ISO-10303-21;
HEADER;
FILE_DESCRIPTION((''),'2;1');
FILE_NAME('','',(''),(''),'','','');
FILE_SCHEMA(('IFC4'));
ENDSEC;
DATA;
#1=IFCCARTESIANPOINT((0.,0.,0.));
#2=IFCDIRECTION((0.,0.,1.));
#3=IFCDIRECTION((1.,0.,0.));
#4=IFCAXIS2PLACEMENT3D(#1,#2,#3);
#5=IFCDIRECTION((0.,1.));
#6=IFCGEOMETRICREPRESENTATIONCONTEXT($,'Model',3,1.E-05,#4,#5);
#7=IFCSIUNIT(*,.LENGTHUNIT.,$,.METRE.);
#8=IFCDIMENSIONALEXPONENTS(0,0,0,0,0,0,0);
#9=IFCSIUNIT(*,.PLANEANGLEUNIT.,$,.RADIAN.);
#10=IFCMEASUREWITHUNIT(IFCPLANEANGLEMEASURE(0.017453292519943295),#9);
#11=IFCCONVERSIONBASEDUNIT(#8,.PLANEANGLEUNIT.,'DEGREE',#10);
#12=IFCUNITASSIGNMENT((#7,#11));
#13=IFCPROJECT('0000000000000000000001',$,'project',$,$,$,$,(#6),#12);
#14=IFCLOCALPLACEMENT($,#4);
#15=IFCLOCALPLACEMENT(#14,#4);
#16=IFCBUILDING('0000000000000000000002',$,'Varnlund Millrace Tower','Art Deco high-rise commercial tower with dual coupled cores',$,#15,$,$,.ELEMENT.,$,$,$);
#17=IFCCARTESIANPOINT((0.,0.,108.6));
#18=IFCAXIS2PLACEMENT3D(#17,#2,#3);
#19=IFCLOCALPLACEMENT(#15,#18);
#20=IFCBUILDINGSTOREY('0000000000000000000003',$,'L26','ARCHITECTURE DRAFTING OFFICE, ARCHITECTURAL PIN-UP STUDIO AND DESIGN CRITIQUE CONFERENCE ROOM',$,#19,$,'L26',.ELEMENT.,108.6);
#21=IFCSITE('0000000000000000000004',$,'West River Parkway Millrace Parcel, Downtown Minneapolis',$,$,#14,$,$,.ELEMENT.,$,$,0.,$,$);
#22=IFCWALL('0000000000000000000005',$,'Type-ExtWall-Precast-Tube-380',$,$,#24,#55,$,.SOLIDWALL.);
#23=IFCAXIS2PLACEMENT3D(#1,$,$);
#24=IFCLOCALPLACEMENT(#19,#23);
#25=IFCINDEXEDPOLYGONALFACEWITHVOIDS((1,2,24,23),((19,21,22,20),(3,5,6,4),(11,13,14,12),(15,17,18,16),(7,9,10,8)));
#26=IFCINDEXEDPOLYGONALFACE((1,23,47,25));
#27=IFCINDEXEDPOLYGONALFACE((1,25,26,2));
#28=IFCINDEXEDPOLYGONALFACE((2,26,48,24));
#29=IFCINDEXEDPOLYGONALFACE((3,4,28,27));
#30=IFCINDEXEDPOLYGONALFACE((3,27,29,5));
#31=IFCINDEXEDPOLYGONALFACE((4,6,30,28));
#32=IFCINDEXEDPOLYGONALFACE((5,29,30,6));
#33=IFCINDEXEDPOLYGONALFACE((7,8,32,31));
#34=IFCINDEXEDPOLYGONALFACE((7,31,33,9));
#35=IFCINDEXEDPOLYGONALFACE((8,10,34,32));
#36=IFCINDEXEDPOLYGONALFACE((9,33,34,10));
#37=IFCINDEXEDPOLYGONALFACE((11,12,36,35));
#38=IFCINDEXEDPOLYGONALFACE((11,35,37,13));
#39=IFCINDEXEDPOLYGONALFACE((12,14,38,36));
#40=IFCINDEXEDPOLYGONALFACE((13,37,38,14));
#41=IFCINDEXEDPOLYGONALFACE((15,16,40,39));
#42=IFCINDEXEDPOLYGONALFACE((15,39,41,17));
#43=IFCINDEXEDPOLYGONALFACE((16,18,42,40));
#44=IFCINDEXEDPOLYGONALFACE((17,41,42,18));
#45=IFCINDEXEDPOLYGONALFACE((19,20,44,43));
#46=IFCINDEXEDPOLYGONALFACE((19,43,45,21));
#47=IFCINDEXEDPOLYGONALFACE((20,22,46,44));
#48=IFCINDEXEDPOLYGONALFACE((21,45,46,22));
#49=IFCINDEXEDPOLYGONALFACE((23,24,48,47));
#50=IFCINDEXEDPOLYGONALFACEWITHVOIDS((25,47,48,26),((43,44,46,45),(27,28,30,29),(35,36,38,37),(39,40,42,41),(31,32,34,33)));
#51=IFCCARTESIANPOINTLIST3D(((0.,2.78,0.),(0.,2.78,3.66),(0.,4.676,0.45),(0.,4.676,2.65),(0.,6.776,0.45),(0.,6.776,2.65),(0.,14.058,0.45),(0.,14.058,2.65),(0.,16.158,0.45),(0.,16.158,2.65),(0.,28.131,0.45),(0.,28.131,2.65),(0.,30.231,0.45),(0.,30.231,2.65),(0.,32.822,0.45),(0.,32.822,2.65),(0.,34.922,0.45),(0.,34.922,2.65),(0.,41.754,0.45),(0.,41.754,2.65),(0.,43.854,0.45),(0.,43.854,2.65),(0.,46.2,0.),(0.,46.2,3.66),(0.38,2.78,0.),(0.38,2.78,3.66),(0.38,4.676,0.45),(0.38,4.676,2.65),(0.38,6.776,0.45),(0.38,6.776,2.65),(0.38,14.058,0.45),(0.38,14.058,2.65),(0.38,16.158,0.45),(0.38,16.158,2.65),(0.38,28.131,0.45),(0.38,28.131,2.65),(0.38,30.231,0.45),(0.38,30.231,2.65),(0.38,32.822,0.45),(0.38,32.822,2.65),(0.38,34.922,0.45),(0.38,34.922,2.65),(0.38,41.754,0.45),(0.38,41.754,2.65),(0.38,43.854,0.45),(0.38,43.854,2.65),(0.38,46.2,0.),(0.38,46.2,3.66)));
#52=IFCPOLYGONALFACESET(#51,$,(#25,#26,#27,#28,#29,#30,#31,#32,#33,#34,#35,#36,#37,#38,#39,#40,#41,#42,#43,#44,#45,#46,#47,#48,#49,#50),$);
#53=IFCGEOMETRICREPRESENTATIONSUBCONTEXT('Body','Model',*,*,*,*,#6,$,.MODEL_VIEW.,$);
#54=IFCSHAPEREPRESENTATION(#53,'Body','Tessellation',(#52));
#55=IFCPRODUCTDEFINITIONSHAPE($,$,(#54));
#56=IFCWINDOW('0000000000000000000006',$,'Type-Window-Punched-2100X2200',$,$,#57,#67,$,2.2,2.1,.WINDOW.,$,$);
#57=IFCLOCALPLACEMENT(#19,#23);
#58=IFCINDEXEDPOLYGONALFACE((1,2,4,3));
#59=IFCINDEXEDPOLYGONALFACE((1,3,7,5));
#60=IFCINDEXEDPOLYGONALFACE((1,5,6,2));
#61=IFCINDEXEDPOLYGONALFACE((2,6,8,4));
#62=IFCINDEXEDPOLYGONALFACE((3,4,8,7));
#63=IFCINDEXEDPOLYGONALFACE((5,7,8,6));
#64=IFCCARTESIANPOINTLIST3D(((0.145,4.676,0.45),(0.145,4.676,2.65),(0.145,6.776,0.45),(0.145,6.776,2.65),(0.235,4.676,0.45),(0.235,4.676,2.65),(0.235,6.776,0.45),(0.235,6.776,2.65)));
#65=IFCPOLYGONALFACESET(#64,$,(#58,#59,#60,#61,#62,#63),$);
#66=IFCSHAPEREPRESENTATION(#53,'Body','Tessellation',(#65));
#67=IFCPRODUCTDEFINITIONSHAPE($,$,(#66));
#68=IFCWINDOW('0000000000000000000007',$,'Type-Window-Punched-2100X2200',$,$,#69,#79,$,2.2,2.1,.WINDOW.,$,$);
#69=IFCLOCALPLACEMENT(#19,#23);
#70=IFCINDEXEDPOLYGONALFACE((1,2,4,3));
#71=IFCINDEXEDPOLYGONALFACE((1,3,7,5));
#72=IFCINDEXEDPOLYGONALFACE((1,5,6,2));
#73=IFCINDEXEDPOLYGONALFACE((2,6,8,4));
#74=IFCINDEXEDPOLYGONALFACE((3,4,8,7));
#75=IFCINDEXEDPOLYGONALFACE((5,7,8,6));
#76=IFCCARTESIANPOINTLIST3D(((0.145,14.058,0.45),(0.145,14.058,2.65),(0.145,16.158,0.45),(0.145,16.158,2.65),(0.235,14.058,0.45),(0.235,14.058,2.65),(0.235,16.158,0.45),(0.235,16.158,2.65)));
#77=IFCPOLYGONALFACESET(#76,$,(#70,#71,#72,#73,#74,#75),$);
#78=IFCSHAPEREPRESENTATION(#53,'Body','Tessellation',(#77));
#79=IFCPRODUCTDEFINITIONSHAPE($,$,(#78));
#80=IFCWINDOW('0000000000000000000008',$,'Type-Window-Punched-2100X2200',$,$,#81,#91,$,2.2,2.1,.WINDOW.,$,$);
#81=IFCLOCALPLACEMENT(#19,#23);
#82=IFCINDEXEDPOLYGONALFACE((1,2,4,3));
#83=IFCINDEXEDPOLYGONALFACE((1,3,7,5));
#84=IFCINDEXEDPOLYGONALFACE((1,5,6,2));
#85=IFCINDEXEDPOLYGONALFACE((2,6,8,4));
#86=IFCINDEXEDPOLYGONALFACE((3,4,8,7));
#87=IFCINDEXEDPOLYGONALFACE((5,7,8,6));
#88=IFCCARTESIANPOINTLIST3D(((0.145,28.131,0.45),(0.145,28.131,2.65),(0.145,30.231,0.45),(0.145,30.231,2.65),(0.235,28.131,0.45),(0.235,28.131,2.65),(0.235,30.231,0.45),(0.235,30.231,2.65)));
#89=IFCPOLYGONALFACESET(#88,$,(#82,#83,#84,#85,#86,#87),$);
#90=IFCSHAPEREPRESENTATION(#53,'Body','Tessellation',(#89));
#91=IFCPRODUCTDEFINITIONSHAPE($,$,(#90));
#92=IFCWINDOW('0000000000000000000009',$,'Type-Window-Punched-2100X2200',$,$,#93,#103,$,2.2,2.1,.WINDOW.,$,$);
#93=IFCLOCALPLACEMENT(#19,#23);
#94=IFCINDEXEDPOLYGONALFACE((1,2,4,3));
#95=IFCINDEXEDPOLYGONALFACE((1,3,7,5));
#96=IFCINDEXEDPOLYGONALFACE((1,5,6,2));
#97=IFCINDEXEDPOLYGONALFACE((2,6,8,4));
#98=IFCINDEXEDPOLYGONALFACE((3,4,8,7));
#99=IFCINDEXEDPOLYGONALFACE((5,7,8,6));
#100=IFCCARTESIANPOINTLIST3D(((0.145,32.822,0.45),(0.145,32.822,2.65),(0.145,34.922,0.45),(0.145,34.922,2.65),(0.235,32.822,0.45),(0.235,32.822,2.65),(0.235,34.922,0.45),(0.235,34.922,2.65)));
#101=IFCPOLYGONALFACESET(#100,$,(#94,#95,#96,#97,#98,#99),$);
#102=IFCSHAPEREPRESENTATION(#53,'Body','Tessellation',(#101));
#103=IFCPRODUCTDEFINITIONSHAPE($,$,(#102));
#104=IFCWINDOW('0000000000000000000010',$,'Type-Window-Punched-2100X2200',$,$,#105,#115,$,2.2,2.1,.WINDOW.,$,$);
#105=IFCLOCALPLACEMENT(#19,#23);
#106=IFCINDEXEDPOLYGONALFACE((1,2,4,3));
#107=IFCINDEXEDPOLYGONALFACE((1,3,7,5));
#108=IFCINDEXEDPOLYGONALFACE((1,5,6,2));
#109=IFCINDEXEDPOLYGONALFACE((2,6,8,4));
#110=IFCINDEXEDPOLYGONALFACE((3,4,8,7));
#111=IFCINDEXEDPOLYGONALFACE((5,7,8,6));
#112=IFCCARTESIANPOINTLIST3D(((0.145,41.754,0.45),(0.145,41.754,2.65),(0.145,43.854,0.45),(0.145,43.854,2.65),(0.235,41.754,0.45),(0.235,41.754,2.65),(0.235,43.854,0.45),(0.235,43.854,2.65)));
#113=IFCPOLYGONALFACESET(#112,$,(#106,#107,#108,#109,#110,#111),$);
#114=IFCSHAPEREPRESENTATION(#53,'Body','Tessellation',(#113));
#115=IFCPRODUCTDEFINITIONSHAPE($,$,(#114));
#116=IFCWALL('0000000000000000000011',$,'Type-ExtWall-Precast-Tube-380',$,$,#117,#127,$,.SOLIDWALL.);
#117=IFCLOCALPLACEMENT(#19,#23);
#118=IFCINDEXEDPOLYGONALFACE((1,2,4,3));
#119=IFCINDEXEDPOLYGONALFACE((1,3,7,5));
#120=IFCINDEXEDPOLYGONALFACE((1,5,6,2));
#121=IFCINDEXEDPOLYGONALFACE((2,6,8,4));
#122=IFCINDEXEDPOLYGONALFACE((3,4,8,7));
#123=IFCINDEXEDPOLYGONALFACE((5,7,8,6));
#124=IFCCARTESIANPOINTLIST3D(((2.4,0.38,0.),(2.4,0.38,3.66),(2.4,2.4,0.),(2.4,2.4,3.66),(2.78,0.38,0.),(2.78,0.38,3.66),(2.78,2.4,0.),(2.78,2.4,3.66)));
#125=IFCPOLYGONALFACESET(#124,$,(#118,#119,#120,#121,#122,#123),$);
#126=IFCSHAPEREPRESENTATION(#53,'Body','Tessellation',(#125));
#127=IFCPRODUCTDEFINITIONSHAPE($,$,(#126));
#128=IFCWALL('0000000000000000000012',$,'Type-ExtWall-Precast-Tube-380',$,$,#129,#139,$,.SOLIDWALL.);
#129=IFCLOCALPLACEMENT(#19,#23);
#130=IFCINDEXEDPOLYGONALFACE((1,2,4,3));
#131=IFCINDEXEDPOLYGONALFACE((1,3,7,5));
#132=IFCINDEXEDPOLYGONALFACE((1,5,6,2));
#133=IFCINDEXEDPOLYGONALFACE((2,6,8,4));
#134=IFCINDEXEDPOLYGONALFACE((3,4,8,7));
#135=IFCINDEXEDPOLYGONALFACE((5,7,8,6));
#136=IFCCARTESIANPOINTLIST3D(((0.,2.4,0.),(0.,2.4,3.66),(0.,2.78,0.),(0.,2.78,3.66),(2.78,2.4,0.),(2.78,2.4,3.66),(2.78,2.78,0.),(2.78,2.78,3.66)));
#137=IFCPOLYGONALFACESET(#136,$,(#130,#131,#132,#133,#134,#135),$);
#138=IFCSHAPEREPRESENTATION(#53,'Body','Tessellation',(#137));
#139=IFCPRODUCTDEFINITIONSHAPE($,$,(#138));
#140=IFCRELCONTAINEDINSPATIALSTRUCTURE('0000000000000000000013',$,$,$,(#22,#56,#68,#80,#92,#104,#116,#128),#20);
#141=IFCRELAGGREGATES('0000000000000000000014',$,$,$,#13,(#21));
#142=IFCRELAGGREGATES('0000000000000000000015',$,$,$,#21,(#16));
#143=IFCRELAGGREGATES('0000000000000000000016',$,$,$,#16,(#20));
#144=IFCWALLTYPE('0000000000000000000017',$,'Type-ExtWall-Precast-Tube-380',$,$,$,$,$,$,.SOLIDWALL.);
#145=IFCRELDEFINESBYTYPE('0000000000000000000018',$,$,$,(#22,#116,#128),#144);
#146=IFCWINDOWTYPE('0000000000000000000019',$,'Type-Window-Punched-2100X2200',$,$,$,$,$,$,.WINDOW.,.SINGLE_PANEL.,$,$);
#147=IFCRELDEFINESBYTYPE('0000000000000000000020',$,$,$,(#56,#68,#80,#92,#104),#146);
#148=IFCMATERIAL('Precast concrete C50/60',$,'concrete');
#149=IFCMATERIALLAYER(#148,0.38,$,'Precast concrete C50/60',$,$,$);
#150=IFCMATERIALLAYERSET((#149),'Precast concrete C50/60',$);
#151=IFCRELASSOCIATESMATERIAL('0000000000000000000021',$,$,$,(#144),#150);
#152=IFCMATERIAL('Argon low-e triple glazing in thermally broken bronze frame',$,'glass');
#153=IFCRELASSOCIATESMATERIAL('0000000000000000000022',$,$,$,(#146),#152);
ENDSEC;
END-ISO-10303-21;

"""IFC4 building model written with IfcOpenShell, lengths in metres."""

from ifc_helpers import new_model, entity, si_unit, converted_unit, direction, frame, origin_with_axes, origin_2d_with_axis, place, context, subcontext, project, spatial, polyline, rectangle, outline, extrude, material, layer, layer_set, type_object, element, fill, save


model = new_model("IFC4")

# Units and contexts
model_context = context("Model", 3, precision=1e-05, world=origin_with_axes(), true_north=direction((0.0, 1.0)))
body_context = subcontext(model_context, "Body", "Model", "MODEL_VIEW")
ifc_project = project(units=[si_unit("LENGTHUNIT", "METRE"), converted_unit("PLANEANGLEUNIT", "DEGREE", entity("IfcPlaneAngleMeasure", 0.017453292519943295), si_unit("PLANEANGLEUNIT", "RADIAN"), dimensions=[0, 0, 0, 0, 0, 0, 0])], contexts=[model_context])

# Site, building, storey
site_placement = place(None, origin_with_axes())
site = spatial("IfcSite", under=ifc_project, at=site_placement, Name="West River Parkway Millrace Parcel, Downtown Minneapolis", CompositionType="ELEMENT", RefElevation=0.0)
building_placement = place(site_placement, origin_with_axes())
building = spatial("IfcBuilding", under=site, at=building_placement, Name="Varnlund Millrace Tower", Description="Art Deco high-rise commercial tower with dual coupled cores", CompositionType="ELEMENT")
storey_placement = place(building_placement, frame((0.0, 0.0, 108.6), z_axis=(0.0, 0.0, 1.0), x_axis=(1.0, 0.0, 0.0)))
storey = spatial("IfcBuildingStorey", under=building, at=storey_placement, Name="L26", Description="ARCHITECTURE DRAFTING OFFICE, ARCHITECTURAL PIN-UP STUDIO AND DESIGN CRITIQUE CONFERENCE ROOM", LongName="L26", CompositionType="ELEMENT", Elevation=108.6)

# Wall, openings, windows
ifc_material_1 = material(Name="Precast concrete C50/60", Category="concrete")
ifc_layer_1 = layer(ifc_material_1, 0.38, Name="Precast concrete C50/60")
ifc_layer_set_1 = layer_set([ifc_layer_1], Name="Precast concrete C50/60")
wall_type = type_object("IfcWallType", Name="Type-ExtWall-Precast-Tube-380", PredefinedType="SOLIDWALL", material=ifc_layer_set_1)
wall_1_placement = place(storey_placement, frame((0.19, 2.78, 0.0), z_axis=(0.0, 0.0, 1.0), x_axis=(0.0, 1.0, 0.0)))
wall_1 = element("IfcWall", 1, at=wall_1_placement, inside=storey, type_object=wall_type, Name="Type-ExtWall-Precast-Tube-380", PredefinedType="SOLIDWALL", context=body_context, shape_type="SweptSolid", body=[
    extrude(outline(polyline([(0.0, -0.19), (43.42, -0.19), (43.42, 0.19), (0.0, 0.19), (0.0, -0.19)])), origin_with_axes(), (0.0, 0.0, 1.0), 3.66),
])
opening_1_placement = place(wall_1_placement, frame((2.946, 0.0, 0.45), z_axis=(0.0, 0.0, 1.0), x_axis=(1.0, 0.0, 0.0)))
opening_1 = element("IfcOpeningElement", 2, at=opening_1_placement, cuts=wall_1, PredefinedType="OPENING", context=body_context, shape_type="SweptSolid", body=[
    extrude(rectangle(XDim=2.1, YDim=0.4, at=origin_2d_with_axis()), origin_with_axes(), (0.0, 0.0, 1.0), 2.2),
])
opening_2_placement = place(wall_1_placement, frame((12.328, 0.0, 0.45), z_axis=(0.0, 0.0, 1.0), x_axis=(1.0, 0.0, 0.0)))
opening_2 = element("IfcOpeningElement", 3, at=opening_2_placement, cuts=wall_1, PredefinedType="OPENING", context=body_context, shape_type="SweptSolid", body=[
    extrude(rectangle(XDim=2.1, YDim=0.4, at=origin_2d_with_axis()), origin_with_axes(), (0.0, 0.0, 1.0), 2.2),
])
opening_3_placement = place(wall_1_placement, frame((26.401, 0.0, 0.45), z_axis=(0.0, 0.0, 1.0), x_axis=(1.0, 0.0, 0.0)))
opening_3 = element("IfcOpeningElement", 4, at=opening_3_placement, cuts=wall_1, PredefinedType="OPENING", context=body_context, shape_type="SweptSolid", body=[
    extrude(rectangle(XDim=2.1, YDim=0.4, at=origin_2d_with_axis()), origin_with_axes(), (0.0, 0.0, 1.0), 2.2),
])
opening_4_placement = place(wall_1_placement, frame((31.092, 0.0, 0.45), z_axis=(0.0, 0.0, 1.0), x_axis=(1.0, 0.0, 0.0)))
opening_4 = element("IfcOpeningElement", 5, at=opening_4_placement, cuts=wall_1, PredefinedType="OPENING", context=body_context, shape_type="SweptSolid", body=[
    extrude(rectangle(XDim=2.1, YDim=0.4, at=origin_2d_with_axis()), origin_with_axes(), (0.0, 0.0, 1.0), 2.2),
])
opening_5_placement = place(wall_1_placement, frame((40.024, 0.0, 0.45), z_axis=(0.0, 0.0, 1.0), x_axis=(1.0, 0.0, 0.0)))
opening_5 = element("IfcOpeningElement", 6, at=opening_5_placement, cuts=wall_1, PredefinedType="OPENING", context=body_context, shape_type="SweptSolid", body=[
    extrude(rectangle(XDim=2.1, YDim=0.4, at=origin_2d_with_axis()), origin_with_axes(), (0.0, 0.0, 1.0), 2.2),
])
ifc_material_2 = material(Name="Argon low-e triple glazing in thermally broken bronze frame", Category="glass")
window_type = type_object("IfcWindowType", Name="Type-Window-Punched-2100X2200", PartitioningType="SINGLE_PANEL", PredefinedType="WINDOW", material=ifc_material_2)
window_1_placement = place(wall_1_placement, frame((2.946, 0.0, 0.45), z_axis=(0.0, 0.0, 1.0), x_axis=(1.0, 0.0, 0.0)))
window_1 = element("IfcWindow", 7, at=window_1_placement, inside=storey, type_object=window_type, Name="Type-Window-Punched-2100X2200", OverallHeight=2.2, OverallWidth=2.1, PredefinedType="WINDOW", context=body_context, shape_type="SweptSolid", body=[
    extrude(rectangle(XDim=2.1, YDim=0.09, at=origin_2d_with_axis()), origin_with_axes(), (0.0, 0.0, 1.0), 2.2),
])
fill(opening_1, window_1)
window_2_placement = place(wall_1_placement, frame((12.328, 0.0, 0.45), z_axis=(0.0, 0.0, 1.0), x_axis=(1.0, 0.0, 0.0)))
window_2 = element("IfcWindow", 8, at=window_2_placement, inside=storey, type_object=window_type, Name="Type-Window-Punched-2100X2200", OverallHeight=2.2, OverallWidth=2.1, PredefinedType="WINDOW", context=body_context, shape_type="SweptSolid", body=[
    extrude(rectangle(XDim=2.1, YDim=0.09, at=origin_2d_with_axis()), origin_with_axes(), (0.0, 0.0, 1.0), 2.2),
])
fill(opening_2, window_2)
window_3_placement = place(wall_1_placement, frame((26.401, 0.0, 0.45), z_axis=(0.0, 0.0, 1.0), x_axis=(1.0, 0.0, 0.0)))
window_3 = element("IfcWindow", 9, at=window_3_placement, inside=storey, type_object=window_type, Name="Type-Window-Punched-2100X2200", OverallHeight=2.2, OverallWidth=2.1, PredefinedType="WINDOW", context=body_context, shape_type="SweptSolid", body=[
    extrude(rectangle(XDim=2.1, YDim=0.09, at=origin_2d_with_axis()), origin_with_axes(), (0.0, 0.0, 1.0), 2.2),
])
fill(opening_3, window_3)
window_4_placement = place(wall_1_placement, frame((31.092, 0.0, 0.45), z_axis=(0.0, 0.0, 1.0), x_axis=(1.0, 0.0, 0.0)))
window_4 = element("IfcWindow", 10, at=window_4_placement, inside=storey, type_object=window_type, Name="Type-Window-Punched-2100X2200", OverallHeight=2.2, OverallWidth=2.1, PredefinedType="WINDOW", context=body_context, shape_type="SweptSolid", body=[
    extrude(rectangle(XDim=2.1, YDim=0.09, at=origin_2d_with_axis()), origin_with_axes(), (0.0, 0.0, 1.0), 2.2),
])
fill(opening_4, window_4)
window_5_placement = place(wall_1_placement, frame((40.024, 0.0, 0.45), z_axis=(0.0, 0.0, 1.0), x_axis=(1.0, 0.0, 0.0)))
window_5 = element("IfcWindow", 11, at=window_5_placement, inside=storey, type_object=window_type, Name="Type-Window-Punched-2100X2200", OverallHeight=2.2, OverallWidth=2.1, PredefinedType="WINDOW", context=body_context, shape_type="SweptSolid", body=[
    extrude(rectangle(XDim=2.1, YDim=0.09, at=origin_2d_with_axis()), origin_with_axes(), (0.0, 0.0, 1.0), 2.2),
])
fill(opening_5, window_5)

# Walls
wall_2_placement = place(storey_placement, frame((2.59, 0.38, 0.0), z_axis=(0.0, 0.0, 1.0), x_axis=(0.0, 1.0, 0.0)))
element("IfcWall", 12, at=wall_2_placement, inside=storey, type_object=wall_type, Name="Type-ExtWall-Precast-Tube-380", PredefinedType="SOLIDWALL", context=body_context, shape_type="SweptSolid", body=[
    extrude(outline(polyline([(0.0, -0.19), (2.02, -0.19), (2.02, 0.19), (0.0, 0.19), (0.0, -0.19)])), origin_with_axes(), (0.0, 0.0, 1.0), 3.66),
])
wall_3_placement = place(storey_placement, frame((2.78, 2.59, 0.0), z_axis=(0.0, 0.0, 1.0), x_axis=(-1.0, 0.0, 0.0)))
element("IfcWall", 13, at=wall_3_placement, inside=storey, type_object=wall_type, Name="Type-ExtWall-Precast-Tube-380", PredefinedType="SOLIDWALL", context=body_context, shape_type="SweptSolid", body=[
    extrude(outline(polyline([(0.0, -0.19), (2.78, -0.19), (2.78, 0.19), (0.0, 0.19), (0.0, -0.19)])), origin_with_axes(), (0.0, 0.0, 1.0), 3.66),
])

save(model, "model.ifc")
